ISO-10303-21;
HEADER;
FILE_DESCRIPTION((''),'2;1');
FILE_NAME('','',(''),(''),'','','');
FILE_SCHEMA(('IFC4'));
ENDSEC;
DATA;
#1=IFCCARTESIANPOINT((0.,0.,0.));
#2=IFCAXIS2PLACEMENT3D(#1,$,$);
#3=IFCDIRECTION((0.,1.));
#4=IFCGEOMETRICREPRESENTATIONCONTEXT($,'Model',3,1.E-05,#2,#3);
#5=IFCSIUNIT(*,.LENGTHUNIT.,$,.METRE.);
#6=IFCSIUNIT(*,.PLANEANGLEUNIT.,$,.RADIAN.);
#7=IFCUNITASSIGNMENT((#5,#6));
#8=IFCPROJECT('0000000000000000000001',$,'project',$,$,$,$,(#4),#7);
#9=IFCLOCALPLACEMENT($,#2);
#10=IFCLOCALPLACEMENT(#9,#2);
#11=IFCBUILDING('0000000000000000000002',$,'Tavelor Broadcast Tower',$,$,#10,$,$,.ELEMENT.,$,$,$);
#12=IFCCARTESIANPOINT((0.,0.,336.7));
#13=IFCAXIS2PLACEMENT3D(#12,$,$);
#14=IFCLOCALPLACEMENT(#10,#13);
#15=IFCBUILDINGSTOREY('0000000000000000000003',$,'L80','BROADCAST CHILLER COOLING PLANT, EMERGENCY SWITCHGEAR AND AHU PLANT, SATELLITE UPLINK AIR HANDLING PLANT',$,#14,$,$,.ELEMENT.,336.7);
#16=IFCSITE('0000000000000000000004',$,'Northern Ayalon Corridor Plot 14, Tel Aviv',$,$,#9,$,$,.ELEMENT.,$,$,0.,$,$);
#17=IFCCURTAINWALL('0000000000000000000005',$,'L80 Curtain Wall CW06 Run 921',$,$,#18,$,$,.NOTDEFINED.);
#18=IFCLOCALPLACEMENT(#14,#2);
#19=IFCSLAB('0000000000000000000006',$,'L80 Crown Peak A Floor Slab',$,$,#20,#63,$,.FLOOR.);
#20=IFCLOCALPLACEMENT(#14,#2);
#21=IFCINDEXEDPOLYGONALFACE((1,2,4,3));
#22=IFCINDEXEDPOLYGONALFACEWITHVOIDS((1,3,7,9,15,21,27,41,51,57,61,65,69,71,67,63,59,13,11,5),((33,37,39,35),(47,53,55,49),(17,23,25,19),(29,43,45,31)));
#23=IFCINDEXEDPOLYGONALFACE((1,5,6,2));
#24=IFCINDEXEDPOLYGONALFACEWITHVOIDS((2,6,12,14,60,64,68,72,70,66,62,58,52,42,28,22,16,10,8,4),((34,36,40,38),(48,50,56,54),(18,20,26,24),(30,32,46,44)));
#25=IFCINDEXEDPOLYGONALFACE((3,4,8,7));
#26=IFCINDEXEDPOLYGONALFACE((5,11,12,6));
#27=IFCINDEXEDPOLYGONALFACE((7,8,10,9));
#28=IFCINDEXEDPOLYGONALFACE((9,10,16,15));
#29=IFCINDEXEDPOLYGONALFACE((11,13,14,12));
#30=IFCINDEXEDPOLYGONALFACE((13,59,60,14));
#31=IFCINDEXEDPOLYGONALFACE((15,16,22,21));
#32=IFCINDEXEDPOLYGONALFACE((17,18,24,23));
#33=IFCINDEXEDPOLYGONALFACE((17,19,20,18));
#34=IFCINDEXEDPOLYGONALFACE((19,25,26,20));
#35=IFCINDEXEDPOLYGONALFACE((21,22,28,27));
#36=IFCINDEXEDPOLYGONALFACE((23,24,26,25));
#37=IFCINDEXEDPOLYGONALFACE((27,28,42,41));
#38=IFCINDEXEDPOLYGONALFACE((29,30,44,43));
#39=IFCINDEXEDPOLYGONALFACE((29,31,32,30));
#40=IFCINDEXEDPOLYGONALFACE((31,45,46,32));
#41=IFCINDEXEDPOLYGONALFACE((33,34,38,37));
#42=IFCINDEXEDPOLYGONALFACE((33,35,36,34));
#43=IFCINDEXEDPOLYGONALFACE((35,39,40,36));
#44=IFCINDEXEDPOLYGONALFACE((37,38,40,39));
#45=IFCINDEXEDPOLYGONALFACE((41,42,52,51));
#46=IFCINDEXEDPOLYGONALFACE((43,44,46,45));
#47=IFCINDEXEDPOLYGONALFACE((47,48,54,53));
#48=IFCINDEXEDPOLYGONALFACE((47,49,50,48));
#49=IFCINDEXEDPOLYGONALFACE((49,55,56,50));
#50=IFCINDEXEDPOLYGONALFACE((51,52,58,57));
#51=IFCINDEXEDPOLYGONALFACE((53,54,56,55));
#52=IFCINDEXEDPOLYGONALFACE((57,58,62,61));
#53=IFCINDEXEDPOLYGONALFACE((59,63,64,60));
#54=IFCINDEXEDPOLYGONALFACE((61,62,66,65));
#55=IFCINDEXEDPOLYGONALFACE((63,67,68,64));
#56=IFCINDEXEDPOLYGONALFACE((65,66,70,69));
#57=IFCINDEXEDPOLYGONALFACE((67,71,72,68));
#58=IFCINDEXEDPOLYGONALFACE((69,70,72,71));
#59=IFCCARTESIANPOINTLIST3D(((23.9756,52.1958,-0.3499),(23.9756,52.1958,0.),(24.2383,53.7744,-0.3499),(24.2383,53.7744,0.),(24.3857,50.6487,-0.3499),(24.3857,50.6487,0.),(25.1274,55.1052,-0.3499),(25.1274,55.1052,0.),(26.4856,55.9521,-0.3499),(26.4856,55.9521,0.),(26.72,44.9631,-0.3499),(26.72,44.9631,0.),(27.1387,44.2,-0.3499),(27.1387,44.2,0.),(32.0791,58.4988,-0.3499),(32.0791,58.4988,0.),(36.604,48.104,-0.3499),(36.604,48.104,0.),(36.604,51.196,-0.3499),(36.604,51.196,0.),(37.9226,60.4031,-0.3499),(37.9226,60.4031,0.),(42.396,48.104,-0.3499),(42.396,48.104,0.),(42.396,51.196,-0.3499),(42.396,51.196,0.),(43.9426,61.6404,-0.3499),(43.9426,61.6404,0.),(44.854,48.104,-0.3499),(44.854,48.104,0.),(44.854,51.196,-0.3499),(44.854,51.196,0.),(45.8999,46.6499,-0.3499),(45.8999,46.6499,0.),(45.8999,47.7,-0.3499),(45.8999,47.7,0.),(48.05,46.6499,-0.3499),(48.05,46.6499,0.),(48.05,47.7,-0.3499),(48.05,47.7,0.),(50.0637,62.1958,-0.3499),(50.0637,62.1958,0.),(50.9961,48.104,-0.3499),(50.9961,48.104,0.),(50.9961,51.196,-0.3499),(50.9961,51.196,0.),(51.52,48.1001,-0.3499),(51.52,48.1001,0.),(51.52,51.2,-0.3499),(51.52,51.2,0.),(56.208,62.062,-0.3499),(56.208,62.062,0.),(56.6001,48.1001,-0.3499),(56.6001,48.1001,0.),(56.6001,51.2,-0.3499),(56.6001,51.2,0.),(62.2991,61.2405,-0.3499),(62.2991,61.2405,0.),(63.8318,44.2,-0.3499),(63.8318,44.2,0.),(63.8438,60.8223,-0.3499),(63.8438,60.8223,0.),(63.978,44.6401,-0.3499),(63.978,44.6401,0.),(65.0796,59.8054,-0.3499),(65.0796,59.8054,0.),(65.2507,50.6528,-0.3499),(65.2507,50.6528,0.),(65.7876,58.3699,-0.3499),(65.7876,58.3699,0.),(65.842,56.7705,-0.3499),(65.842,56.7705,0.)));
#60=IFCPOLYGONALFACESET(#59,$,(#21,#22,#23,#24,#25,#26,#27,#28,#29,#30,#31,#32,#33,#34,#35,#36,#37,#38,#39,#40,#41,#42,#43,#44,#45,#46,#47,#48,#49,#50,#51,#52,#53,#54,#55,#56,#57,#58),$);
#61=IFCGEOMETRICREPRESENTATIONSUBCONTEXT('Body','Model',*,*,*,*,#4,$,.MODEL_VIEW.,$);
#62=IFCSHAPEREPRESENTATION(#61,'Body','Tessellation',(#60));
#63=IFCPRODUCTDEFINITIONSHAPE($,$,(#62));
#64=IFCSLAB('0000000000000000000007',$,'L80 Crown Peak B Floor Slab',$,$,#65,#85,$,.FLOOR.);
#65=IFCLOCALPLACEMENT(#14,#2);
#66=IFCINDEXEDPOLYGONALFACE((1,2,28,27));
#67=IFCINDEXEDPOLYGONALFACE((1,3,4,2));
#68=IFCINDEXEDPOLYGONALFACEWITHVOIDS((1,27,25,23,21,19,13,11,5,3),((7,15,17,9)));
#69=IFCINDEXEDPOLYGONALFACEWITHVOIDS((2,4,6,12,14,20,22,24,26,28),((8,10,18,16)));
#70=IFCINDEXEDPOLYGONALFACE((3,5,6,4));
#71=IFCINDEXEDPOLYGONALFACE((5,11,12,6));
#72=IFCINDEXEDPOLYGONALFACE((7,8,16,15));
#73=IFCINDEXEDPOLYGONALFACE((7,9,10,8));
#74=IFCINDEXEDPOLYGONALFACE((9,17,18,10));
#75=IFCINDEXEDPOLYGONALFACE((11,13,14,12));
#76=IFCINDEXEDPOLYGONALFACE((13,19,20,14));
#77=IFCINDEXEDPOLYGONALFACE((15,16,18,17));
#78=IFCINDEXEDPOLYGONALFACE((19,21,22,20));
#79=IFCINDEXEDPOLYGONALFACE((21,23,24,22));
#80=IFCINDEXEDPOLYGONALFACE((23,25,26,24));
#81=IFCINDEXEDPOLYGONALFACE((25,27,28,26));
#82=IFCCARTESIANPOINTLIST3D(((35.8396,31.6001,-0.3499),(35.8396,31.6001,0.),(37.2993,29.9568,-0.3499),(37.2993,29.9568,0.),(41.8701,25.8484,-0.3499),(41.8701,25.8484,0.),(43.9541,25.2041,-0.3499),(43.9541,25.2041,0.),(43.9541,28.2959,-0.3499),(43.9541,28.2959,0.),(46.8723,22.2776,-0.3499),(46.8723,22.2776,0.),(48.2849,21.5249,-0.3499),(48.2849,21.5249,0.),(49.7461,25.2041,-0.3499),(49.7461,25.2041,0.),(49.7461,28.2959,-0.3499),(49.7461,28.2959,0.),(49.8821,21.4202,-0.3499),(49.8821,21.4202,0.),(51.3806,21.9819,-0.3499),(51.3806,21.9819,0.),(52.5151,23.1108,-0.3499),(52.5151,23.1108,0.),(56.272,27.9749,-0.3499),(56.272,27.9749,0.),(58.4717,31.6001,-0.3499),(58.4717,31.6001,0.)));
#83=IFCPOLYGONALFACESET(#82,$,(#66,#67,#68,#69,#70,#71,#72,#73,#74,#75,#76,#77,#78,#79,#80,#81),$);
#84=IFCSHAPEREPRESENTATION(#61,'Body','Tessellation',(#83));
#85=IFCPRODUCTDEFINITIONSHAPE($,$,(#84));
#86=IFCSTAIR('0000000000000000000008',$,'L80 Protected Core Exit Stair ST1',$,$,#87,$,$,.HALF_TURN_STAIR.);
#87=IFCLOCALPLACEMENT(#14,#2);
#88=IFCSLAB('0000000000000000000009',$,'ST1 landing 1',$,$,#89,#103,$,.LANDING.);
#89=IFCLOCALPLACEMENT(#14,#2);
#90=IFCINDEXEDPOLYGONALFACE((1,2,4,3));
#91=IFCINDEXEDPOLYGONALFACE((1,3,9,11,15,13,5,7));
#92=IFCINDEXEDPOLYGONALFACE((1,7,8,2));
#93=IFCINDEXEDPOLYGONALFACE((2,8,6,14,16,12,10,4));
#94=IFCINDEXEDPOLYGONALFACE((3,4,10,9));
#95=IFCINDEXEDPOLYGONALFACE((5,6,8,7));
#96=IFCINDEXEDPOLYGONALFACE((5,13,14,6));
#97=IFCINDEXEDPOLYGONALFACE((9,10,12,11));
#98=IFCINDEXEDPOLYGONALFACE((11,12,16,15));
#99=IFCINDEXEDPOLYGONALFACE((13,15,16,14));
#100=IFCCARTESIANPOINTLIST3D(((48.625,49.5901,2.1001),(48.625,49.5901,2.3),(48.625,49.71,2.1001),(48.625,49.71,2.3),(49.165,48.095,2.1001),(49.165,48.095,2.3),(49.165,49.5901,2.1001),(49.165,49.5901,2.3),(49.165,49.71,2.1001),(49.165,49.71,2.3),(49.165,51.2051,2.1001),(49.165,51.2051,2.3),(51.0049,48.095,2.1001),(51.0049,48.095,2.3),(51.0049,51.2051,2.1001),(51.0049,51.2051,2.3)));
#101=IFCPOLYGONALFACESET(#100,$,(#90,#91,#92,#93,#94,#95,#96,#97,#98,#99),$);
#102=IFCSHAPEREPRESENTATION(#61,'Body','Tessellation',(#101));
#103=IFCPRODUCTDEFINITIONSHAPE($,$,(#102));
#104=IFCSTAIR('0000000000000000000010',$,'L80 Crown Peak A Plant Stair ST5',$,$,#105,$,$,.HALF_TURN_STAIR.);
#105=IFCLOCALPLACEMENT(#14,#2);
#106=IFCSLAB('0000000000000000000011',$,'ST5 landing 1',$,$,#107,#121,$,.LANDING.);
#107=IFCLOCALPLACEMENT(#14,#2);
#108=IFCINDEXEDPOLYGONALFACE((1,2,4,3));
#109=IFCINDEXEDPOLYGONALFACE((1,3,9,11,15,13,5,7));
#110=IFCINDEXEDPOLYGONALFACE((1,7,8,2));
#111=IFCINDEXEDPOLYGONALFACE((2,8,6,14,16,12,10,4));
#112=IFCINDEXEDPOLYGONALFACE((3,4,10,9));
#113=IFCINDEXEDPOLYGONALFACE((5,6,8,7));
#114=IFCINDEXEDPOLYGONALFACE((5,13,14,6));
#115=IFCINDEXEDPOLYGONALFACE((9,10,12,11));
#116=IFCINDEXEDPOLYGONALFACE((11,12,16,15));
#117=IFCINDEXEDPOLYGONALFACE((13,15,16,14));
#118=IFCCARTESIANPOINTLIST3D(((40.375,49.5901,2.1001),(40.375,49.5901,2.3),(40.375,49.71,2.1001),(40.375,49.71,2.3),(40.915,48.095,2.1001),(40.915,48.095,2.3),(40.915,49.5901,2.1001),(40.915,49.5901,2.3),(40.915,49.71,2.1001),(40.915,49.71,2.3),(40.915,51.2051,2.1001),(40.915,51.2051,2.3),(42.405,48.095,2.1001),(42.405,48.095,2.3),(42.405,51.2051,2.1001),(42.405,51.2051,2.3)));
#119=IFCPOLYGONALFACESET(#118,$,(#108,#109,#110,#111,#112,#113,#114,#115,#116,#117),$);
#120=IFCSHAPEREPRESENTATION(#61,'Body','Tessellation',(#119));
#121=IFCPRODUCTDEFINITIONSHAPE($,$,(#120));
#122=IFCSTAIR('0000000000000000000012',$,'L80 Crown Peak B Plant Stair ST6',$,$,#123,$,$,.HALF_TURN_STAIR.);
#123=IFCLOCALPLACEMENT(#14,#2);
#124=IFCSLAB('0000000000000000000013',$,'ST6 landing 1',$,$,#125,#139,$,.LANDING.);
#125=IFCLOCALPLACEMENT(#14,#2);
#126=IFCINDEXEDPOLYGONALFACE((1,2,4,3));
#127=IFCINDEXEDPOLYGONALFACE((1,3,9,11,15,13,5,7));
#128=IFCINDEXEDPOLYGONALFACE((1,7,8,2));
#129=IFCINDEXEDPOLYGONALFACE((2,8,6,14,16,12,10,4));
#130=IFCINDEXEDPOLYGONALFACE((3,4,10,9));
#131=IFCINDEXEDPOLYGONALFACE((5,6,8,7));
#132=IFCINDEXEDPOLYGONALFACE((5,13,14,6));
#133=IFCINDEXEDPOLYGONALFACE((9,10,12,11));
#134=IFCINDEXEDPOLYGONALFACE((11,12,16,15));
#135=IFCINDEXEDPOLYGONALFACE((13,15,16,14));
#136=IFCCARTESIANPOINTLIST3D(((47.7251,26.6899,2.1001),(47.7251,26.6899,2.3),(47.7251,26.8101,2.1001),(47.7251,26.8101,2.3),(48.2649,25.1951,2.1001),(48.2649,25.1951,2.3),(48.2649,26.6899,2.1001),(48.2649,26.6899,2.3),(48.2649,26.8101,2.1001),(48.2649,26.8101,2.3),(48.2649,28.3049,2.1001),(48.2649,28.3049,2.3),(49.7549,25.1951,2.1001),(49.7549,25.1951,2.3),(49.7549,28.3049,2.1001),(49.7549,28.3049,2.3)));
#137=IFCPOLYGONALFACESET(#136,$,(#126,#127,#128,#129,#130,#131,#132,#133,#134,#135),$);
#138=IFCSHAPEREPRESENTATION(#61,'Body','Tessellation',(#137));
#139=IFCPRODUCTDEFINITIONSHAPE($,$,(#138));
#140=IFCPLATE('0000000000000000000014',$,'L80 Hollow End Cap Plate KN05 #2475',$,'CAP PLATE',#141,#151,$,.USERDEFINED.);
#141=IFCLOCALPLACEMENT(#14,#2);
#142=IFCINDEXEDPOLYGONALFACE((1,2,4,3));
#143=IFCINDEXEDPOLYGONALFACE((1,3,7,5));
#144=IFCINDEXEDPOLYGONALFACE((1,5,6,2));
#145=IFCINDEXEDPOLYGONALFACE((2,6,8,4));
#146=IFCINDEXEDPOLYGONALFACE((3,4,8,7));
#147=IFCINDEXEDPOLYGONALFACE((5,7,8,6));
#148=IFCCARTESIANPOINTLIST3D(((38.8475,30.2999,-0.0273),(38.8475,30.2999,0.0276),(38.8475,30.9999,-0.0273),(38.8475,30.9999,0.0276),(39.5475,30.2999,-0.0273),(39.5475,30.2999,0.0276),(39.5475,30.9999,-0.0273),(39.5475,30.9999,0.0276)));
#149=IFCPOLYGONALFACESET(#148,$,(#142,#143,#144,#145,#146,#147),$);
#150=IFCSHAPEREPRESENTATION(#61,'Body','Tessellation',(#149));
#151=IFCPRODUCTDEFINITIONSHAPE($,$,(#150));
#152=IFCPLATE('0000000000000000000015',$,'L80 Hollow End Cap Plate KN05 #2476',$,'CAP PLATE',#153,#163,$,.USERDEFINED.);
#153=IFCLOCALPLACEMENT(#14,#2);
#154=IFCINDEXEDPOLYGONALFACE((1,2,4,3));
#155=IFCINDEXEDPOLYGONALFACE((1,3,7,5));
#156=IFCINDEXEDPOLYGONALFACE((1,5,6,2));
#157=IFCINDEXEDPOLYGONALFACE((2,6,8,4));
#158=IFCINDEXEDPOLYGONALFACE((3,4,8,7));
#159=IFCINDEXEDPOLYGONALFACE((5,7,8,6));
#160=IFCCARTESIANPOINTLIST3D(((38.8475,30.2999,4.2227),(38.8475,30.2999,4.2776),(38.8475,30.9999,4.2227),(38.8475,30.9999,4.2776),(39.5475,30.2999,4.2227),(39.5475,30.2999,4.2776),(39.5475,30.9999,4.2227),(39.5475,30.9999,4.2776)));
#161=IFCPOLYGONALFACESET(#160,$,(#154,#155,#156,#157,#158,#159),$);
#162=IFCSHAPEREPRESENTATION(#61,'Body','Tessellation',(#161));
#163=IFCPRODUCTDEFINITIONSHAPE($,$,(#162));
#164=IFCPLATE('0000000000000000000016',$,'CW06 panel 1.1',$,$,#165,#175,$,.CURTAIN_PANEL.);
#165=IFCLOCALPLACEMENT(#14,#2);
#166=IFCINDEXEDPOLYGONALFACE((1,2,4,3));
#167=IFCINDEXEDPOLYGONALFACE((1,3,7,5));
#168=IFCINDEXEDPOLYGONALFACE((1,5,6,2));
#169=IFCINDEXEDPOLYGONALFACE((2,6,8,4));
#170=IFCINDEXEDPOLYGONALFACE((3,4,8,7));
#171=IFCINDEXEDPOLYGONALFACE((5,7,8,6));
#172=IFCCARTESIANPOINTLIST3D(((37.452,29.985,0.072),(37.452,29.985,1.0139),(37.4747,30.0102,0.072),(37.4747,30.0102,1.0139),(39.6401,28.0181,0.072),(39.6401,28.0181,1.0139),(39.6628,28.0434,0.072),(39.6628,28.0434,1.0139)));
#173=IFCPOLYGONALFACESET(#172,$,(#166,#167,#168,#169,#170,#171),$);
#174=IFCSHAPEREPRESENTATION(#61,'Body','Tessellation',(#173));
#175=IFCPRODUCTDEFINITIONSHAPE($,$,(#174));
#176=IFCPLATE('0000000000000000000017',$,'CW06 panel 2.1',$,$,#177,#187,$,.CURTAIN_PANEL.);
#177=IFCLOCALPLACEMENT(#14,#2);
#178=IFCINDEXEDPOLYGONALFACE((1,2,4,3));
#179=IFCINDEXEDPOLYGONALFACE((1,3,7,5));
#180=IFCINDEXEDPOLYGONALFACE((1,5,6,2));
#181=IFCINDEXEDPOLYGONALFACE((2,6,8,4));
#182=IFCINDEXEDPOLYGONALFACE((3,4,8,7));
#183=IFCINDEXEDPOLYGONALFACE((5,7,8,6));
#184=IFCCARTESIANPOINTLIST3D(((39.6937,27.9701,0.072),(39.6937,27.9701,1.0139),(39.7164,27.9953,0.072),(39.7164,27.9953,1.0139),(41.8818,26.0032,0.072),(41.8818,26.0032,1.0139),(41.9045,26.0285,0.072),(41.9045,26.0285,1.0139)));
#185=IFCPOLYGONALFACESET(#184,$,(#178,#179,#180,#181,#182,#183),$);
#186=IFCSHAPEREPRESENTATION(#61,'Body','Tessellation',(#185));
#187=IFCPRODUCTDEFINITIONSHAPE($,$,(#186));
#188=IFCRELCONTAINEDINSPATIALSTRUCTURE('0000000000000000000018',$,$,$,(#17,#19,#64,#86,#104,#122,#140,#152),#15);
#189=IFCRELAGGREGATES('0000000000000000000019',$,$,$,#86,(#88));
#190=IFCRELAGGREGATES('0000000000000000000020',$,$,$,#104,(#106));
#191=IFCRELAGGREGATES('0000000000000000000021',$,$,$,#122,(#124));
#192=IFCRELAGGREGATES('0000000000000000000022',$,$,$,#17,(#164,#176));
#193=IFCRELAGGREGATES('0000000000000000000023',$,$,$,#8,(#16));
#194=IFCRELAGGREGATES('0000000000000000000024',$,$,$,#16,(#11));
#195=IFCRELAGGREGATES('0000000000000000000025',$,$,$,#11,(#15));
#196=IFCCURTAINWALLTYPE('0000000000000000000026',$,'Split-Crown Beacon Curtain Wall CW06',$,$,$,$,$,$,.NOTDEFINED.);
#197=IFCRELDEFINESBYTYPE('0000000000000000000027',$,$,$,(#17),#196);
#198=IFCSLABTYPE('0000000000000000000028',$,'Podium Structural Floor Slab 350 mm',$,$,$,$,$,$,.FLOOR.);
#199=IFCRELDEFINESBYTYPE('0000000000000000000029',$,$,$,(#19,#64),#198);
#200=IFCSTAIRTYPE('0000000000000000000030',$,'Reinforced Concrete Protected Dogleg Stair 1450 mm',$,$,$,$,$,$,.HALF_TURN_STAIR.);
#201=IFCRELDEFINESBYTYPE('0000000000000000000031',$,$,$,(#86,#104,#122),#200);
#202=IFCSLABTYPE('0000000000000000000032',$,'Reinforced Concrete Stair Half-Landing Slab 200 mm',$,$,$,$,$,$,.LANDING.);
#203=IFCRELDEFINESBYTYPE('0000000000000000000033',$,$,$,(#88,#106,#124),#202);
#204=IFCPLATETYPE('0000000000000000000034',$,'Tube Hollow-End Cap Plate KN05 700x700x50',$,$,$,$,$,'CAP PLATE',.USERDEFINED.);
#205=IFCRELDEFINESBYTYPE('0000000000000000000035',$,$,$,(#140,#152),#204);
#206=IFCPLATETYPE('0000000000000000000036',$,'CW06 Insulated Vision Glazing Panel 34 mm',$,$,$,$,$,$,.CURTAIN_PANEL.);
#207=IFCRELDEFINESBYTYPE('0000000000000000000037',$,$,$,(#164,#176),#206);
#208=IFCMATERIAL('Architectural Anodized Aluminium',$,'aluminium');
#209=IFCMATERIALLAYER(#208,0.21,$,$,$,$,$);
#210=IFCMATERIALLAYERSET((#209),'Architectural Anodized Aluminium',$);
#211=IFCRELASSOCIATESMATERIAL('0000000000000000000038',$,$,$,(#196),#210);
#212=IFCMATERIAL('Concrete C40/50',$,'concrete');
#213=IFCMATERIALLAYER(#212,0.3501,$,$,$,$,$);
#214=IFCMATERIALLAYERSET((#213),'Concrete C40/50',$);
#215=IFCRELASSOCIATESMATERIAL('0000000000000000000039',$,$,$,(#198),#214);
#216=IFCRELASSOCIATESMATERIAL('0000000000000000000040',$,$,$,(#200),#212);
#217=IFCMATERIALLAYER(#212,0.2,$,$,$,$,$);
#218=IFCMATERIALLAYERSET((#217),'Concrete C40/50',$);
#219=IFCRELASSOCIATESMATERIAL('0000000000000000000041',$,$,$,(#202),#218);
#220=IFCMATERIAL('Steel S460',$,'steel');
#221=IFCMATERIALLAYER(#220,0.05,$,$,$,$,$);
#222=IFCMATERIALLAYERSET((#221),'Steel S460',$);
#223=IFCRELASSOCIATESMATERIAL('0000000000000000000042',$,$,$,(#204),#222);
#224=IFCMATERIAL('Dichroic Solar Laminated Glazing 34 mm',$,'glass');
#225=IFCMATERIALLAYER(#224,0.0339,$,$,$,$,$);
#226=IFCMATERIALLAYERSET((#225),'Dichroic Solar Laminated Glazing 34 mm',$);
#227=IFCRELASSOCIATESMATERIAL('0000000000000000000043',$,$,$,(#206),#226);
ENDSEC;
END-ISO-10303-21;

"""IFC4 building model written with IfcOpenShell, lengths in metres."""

from ifc_helpers import new_model, si_unit, direction, frame, origin, origin_2d, place, context, subcontext, project, spatial, polyline, rectangle, outline, extrude, source, transform, mapped, material, layer, layer_set, type_object, type_shapes, element, aggregate, save


model = new_model("IFC4")

# Units and contexts
model_context = context("Model", 3, precision=1e-05, world=origin(), true_north=direction((0.0, 1.0)))
body_context = subcontext(model_context, "Body", "Model", "MODEL_VIEW")
ifc_project = project(units=[si_unit("LENGTHUNIT", "METRE"), si_unit("PLANEANGLEUNIT", "RADIAN")], contexts=[model_context])

# Site, building, storey
site_placement = place(None, origin())
site = spatial("IfcSite", under=ifc_project, at=site_placement, Name="Northern Ayalon Corridor Plot 14, Tel Aviv", CompositionType="ELEMENT", RefElevation=0.0)
building_placement = place(site_placement, origin())
building = spatial("IfcBuilding", under=site, at=building_placement, Name="Tavelor Broadcast Tower", CompositionType="ELEMENT")
storey_placement = place(building_placement, frame((0.0, 0.0, 336.7)))
storey = spatial("IfcBuildingStorey", under=building, at=storey_placement, Name="L80", Description="BROADCAST CHILLER COOLING PLANT, EMERGENCY SWITCHGEAR AND AHU PLANT, SATELLITE UPLINK AIR HANDLING PLANT", CompositionType="ELEMENT", Elevation=336.7)

# Shared definitions
ifc_material_1 = material(Name="Architectural Anodized Aluminium", Category="aluminium")
ifc_layer_1 = layer(ifc_material_1, 0.21)
ifc_layer_set_1 = layer_set([ifc_layer_1], Name="Architectural Anodized Aluminium")
curtain_wall_type = type_object("IfcCurtainWallType", Name="Split-Crown Beacon Curtain Wall CW06", PredefinedType="NOTDEFINED", material=ifc_layer_set_1)

# Curtain wall
curtain_wall_1_placement = place(storey_placement, origin())
curtain_wall_1 = element("IfcCurtainWall", 1, at=curtain_wall_1_placement, inside=storey, type_object=curtain_wall_type, Name="L80 Curtain Wall CW06 Run 921", PredefinedType="NOTDEFINED")

# Slabs
ifc_material_2 = material(Name="Concrete C40/50", Category="concrete")
ifc_layer_2 = layer(ifc_material_2, 0.3501)
ifc_layer_set_2 = layer_set([ifc_layer_2], Name="Concrete C40/50")
slab_type_1 = type_object("IfcSlabType", Name="Podium Structural Floor Slab 350 mm", PredefinedType="FLOOR", material=ifc_layer_set_2)
slab_1_placement = place(storey_placement, frame((0.0, 0.0, -0.3499)))
element("IfcSlab", 2, at=slab_1_placement, inside=storey, type_object=slab_type_1, Name="L80 Crown Peak A Floor Slab", PredefinedType="FLOOR", context=body_context, shape_type="SweptSolid", body=[
    extrude(outline(polyline([(27.1387, 44.2), (63.8318, 44.2), (63.978, 44.6401), (65.2507, 50.6528), (65.842, 56.7705), (65.7876, 58.3699), (65.0796, 59.8054), (63.8438, 60.8223), (62.2991, 61.2405), (56.208, 62.062), (50.0637, 62.1958), (43.9426, 61.6404), (37.9226, 60.4031), (32.0791, 58.4988), (26.4856, 55.9521), (25.1274, 55.1052), (24.2383, 53.7744), (23.9756, 52.1958), (24.3857, 50.6487), (26.72, 44.9631), (27.1387, 44.2)]), holes=[polyline([(48.05, 47.7), (48.05, 46.6499), (45.8999, 46.6499), (45.8999, 47.7), (48.05, 47.7)]), polyline([(42.396, 51.196), (42.396, 48.104), (36.604, 48.104), (36.604, 51.196), (42.396, 51.196)]), polyline([(50.9961, 51.196), (50.9961, 48.104), (44.854, 48.104), (44.854, 51.196), (50.9961, 51.196)]), polyline([(56.6001, 51.2), (56.6001, 48.1001), (51.52, 48.1001), (51.52, 51.2), (56.6001, 51.2)])]), origin(), (0.0, 0.0, 1.0), 0.3499),
])
slab_2_placement = place(storey_placement, frame((0.0, 0.0, -0.3499)))
element("IfcSlab", 3, at=slab_2_placement, inside=storey, type_object=slab_type_1, Name="L80 Crown Peak B Floor Slab", PredefinedType="FLOOR", context=body_context, shape_type="SweptSolid", body=[
    extrude(outline(polyline([(58.4717, 31.6001), (35.8396, 31.6001), (37.2993, 29.9568), (41.8701, 25.8484), (46.8723, 22.2776), (48.2849, 21.5249), (49.8821, 21.4202), (51.3806, 21.9819), (52.5151, 23.1108), (56.272, 27.9749), (58.4717, 31.6001)]), holes=[polyline([(43.9541, 25.2041), (43.9541, 28.2959), (49.7461, 28.2959), (49.7461, 25.2041), (43.9541, 25.2041)])]), origin(), (0.0, 0.0, 1.0), 0.3499),
])

# Stairs, slabs
stair_type = type_object("IfcStairType", Name="Reinforced Concrete Protected Dogleg Stair 1450 mm", PredefinedType="HALF_TURN_STAIR", material=ifc_material_2)
stair_1_placement = place(storey_placement, origin())
stair_1 = element("IfcStair", 4, at=stair_1_placement, inside=storey, type_object=stair_type, Name="L80 Protected Core Exit Stair ST1", PredefinedType="HALF_TURN_STAIR")
ifc_layer_3 = layer(ifc_material_2, 0.2)
ifc_layer_set_3 = layer_set([ifc_layer_3], Name="Concrete C40/50")
slab_type_2 = type_object("IfcSlabType", Name="Reinforced Concrete Stair Half-Landing Slab 200 mm", PredefinedType="LANDING", material=ifc_layer_set_3)
slab_3_placement = place(storey_placement, frame((0.0, 0.0, 2.1001)))
slab_3 = element("IfcSlab", 5, at=slab_3_placement, type_object=slab_type_2, Name="ST1 landing 1", PredefinedType="LANDING", context=body_context, shape_type="SweptSolid", body=[
    extrude(outline(polyline([(49.165, 49.5901), (49.165, 48.095), (51.0049, 48.095), (51.0049, 51.2051), (49.165, 51.2051), (49.165, 49.71), (48.625, 49.71), (48.625, 49.5901), (49.165, 49.5901)])), origin(), (0.0, 0.0, 1.0), 0.2),
])
aggregate(stair_1, [slab_3])
stair_2_placement = place(storey_placement, origin())
stair_2 = element("IfcStair", 6, at=stair_2_placement, inside=storey, type_object=stair_type, Name="L80 Crown Peak A Plant Stair ST5", PredefinedType="HALF_TURN_STAIR")
slab_4_placement = place(storey_placement, frame((0.0, 0.0, 2.1001)))
slab_4 = element("IfcSlab", 7, at=slab_4_placement, type_object=slab_type_2, Name="ST5 landing 1", PredefinedType="LANDING", context=body_context, shape_type="SweptSolid", body=[
    extrude(outline(polyline([(40.915, 49.5901), (40.915, 48.095), (42.405, 48.095), (42.405, 51.2051), (40.915, 51.2051), (40.915, 49.71), (40.375, 49.71), (40.375, 49.5901), (40.915, 49.5901)])), origin(), (0.0, 0.0, 1.0), 0.2),
])
aggregate(stair_2, [slab_4])
stair_3_placement = place(storey_placement, origin())
stair_3 = element("IfcStair", 8, at=stair_3_placement, inside=storey, type_object=stair_type, Name="L80 Crown Peak B Plant Stair ST6", PredefinedType="HALF_TURN_STAIR")
slab_5_placement = place(storey_placement, frame((0.0, 0.0, 2.1001)))
slab_5 = element("IfcSlab", 9, at=slab_5_placement, type_object=slab_type_2, Name="ST6 landing 1", PredefinedType="LANDING", context=body_context, shape_type="SweptSolid", body=[
    extrude(outline(polyline([(48.2649, 26.6899), (48.2649, 25.1951), (49.7549, 25.1951), (49.7549, 28.3049), (48.2649, 28.3049), (48.2649, 26.8101), (47.7251, 26.8101), (47.7251, 26.6899), (48.2649, 26.6899)])), origin(), (0.0, 0.0, 1.0), 0.2),
])
aggregate(stair_3, [slab_5])

# Plates
ifc_material_3 = material(Name="Steel S460", Category="steel")
ifc_layer_4 = layer(ifc_material_3, 0.05)
ifc_layer_set_4 = layer_set([ifc_layer_4], Name="Steel S460")
plate_type_1 = type_object("IfcPlateType", Name="Tube Hollow-End Cap Plate KN05 700x700x50", ElementType="CAP PLATE", PredefinedType="USERDEFINED", material=ifc_layer_set_4)
shared_shape_1 = source(origin(), body_context, "Body", "SweptSolid", [
    extrude(rectangle(XDim=0.7, YDim=0.7, at=origin_2d()), origin(), (0.0, 0.0, 1.0), 0.0549),
])
type_shapes(plate_type_1, [shared_shape_1])
for number, where, z_axis, x_axis, name in (
    (10, (39.1975, 30.6499, -0.0273), (0.0, 0.0, 1.0), (1.0, 0.0, 0.0), "L80 Hollow End Cap Plate KN05 #2475"),
    (11, (39.1975, 30.6499, 4.2227), (0.0, 0.0, 1.0), (1.0, 0.0, 0.0), "L80 Hollow End Cap Plate KN05 #2476"),
):
    element("IfcPlate", number, at=place(storey_placement, frame(where, z_axis=z_axis, x_axis=x_axis)), inside=storey, type_object=plate_type_1, Name=name, ObjectType="CAP PLATE", PredefinedType="USERDEFINED", context=body_context, shape_type="MappedRepresentation", body=[
        mapped(shared_shape_1, transform((0.0, 0.0, 0.0), scale=1.0)),
    ])

# Plates
ifc_material_4 = material(Name="Dichroic Solar Laminated Glazing 34 mm", Category="glass")
ifc_layer_5 = layer(ifc_material_4, 0.0339)
ifc_layer_set_5 = layer_set([ifc_layer_5], Name="Dichroic Solar Laminated Glazing 34 mm")
plate_type_2 = type_object("IfcPlateType", Name="CW06 Insulated Vision Glazing Panel 34 mm", PredefinedType="CURTAIN_PANEL", material=ifc_layer_set_5)
shared_shape_2 = source(origin(), body_context, "Body", "SweptSolid", [
    extrude(rectangle(XDim=2.9421, YDim=0.0339, at=origin_2d()), origin(), (0.0, 0.0, 1.0), 0.9419),
])
plate_1_placement = place(storey_placement, frame((38.5574, 29.0142, 0.072), z_axis=(0.0, 0.0, 1.0), x_axis=(0.743711, -0.668501, 0.0)))
plate_1 = element("IfcPlate", 12, at=plate_1_placement, type_object=plate_type_2, Name="CW06 panel 1.1", PredefinedType="CURTAIN_PANEL", context=body_context, shape_type="MappedRepresentation", body=[
    mapped(shared_shape_2, transform((0.0, 0.0, 0.0), scale=1.0)),
])
plate_2_placement = place(storey_placement, frame((40.7991, 26.9993, 0.072), z_axis=(0.0, 0.0, 1.0), x_axis=(0.743711, -0.668501, 0.0)))
plate_2 = element("IfcPlate", 13, at=plate_2_placement, type_object=plate_type_2, Name="CW06 panel 2.1", PredefinedType="CURTAIN_PANEL", context=body_context, shape_type="MappedRepresentation", body=[
    mapped(shared_shape_2, transform((0.0, 0.0, 0.0), scale=1.0)),
])
aggregate(curtain_wall_1, [plate_1, plate_2])

save(model, "model.ifc")
